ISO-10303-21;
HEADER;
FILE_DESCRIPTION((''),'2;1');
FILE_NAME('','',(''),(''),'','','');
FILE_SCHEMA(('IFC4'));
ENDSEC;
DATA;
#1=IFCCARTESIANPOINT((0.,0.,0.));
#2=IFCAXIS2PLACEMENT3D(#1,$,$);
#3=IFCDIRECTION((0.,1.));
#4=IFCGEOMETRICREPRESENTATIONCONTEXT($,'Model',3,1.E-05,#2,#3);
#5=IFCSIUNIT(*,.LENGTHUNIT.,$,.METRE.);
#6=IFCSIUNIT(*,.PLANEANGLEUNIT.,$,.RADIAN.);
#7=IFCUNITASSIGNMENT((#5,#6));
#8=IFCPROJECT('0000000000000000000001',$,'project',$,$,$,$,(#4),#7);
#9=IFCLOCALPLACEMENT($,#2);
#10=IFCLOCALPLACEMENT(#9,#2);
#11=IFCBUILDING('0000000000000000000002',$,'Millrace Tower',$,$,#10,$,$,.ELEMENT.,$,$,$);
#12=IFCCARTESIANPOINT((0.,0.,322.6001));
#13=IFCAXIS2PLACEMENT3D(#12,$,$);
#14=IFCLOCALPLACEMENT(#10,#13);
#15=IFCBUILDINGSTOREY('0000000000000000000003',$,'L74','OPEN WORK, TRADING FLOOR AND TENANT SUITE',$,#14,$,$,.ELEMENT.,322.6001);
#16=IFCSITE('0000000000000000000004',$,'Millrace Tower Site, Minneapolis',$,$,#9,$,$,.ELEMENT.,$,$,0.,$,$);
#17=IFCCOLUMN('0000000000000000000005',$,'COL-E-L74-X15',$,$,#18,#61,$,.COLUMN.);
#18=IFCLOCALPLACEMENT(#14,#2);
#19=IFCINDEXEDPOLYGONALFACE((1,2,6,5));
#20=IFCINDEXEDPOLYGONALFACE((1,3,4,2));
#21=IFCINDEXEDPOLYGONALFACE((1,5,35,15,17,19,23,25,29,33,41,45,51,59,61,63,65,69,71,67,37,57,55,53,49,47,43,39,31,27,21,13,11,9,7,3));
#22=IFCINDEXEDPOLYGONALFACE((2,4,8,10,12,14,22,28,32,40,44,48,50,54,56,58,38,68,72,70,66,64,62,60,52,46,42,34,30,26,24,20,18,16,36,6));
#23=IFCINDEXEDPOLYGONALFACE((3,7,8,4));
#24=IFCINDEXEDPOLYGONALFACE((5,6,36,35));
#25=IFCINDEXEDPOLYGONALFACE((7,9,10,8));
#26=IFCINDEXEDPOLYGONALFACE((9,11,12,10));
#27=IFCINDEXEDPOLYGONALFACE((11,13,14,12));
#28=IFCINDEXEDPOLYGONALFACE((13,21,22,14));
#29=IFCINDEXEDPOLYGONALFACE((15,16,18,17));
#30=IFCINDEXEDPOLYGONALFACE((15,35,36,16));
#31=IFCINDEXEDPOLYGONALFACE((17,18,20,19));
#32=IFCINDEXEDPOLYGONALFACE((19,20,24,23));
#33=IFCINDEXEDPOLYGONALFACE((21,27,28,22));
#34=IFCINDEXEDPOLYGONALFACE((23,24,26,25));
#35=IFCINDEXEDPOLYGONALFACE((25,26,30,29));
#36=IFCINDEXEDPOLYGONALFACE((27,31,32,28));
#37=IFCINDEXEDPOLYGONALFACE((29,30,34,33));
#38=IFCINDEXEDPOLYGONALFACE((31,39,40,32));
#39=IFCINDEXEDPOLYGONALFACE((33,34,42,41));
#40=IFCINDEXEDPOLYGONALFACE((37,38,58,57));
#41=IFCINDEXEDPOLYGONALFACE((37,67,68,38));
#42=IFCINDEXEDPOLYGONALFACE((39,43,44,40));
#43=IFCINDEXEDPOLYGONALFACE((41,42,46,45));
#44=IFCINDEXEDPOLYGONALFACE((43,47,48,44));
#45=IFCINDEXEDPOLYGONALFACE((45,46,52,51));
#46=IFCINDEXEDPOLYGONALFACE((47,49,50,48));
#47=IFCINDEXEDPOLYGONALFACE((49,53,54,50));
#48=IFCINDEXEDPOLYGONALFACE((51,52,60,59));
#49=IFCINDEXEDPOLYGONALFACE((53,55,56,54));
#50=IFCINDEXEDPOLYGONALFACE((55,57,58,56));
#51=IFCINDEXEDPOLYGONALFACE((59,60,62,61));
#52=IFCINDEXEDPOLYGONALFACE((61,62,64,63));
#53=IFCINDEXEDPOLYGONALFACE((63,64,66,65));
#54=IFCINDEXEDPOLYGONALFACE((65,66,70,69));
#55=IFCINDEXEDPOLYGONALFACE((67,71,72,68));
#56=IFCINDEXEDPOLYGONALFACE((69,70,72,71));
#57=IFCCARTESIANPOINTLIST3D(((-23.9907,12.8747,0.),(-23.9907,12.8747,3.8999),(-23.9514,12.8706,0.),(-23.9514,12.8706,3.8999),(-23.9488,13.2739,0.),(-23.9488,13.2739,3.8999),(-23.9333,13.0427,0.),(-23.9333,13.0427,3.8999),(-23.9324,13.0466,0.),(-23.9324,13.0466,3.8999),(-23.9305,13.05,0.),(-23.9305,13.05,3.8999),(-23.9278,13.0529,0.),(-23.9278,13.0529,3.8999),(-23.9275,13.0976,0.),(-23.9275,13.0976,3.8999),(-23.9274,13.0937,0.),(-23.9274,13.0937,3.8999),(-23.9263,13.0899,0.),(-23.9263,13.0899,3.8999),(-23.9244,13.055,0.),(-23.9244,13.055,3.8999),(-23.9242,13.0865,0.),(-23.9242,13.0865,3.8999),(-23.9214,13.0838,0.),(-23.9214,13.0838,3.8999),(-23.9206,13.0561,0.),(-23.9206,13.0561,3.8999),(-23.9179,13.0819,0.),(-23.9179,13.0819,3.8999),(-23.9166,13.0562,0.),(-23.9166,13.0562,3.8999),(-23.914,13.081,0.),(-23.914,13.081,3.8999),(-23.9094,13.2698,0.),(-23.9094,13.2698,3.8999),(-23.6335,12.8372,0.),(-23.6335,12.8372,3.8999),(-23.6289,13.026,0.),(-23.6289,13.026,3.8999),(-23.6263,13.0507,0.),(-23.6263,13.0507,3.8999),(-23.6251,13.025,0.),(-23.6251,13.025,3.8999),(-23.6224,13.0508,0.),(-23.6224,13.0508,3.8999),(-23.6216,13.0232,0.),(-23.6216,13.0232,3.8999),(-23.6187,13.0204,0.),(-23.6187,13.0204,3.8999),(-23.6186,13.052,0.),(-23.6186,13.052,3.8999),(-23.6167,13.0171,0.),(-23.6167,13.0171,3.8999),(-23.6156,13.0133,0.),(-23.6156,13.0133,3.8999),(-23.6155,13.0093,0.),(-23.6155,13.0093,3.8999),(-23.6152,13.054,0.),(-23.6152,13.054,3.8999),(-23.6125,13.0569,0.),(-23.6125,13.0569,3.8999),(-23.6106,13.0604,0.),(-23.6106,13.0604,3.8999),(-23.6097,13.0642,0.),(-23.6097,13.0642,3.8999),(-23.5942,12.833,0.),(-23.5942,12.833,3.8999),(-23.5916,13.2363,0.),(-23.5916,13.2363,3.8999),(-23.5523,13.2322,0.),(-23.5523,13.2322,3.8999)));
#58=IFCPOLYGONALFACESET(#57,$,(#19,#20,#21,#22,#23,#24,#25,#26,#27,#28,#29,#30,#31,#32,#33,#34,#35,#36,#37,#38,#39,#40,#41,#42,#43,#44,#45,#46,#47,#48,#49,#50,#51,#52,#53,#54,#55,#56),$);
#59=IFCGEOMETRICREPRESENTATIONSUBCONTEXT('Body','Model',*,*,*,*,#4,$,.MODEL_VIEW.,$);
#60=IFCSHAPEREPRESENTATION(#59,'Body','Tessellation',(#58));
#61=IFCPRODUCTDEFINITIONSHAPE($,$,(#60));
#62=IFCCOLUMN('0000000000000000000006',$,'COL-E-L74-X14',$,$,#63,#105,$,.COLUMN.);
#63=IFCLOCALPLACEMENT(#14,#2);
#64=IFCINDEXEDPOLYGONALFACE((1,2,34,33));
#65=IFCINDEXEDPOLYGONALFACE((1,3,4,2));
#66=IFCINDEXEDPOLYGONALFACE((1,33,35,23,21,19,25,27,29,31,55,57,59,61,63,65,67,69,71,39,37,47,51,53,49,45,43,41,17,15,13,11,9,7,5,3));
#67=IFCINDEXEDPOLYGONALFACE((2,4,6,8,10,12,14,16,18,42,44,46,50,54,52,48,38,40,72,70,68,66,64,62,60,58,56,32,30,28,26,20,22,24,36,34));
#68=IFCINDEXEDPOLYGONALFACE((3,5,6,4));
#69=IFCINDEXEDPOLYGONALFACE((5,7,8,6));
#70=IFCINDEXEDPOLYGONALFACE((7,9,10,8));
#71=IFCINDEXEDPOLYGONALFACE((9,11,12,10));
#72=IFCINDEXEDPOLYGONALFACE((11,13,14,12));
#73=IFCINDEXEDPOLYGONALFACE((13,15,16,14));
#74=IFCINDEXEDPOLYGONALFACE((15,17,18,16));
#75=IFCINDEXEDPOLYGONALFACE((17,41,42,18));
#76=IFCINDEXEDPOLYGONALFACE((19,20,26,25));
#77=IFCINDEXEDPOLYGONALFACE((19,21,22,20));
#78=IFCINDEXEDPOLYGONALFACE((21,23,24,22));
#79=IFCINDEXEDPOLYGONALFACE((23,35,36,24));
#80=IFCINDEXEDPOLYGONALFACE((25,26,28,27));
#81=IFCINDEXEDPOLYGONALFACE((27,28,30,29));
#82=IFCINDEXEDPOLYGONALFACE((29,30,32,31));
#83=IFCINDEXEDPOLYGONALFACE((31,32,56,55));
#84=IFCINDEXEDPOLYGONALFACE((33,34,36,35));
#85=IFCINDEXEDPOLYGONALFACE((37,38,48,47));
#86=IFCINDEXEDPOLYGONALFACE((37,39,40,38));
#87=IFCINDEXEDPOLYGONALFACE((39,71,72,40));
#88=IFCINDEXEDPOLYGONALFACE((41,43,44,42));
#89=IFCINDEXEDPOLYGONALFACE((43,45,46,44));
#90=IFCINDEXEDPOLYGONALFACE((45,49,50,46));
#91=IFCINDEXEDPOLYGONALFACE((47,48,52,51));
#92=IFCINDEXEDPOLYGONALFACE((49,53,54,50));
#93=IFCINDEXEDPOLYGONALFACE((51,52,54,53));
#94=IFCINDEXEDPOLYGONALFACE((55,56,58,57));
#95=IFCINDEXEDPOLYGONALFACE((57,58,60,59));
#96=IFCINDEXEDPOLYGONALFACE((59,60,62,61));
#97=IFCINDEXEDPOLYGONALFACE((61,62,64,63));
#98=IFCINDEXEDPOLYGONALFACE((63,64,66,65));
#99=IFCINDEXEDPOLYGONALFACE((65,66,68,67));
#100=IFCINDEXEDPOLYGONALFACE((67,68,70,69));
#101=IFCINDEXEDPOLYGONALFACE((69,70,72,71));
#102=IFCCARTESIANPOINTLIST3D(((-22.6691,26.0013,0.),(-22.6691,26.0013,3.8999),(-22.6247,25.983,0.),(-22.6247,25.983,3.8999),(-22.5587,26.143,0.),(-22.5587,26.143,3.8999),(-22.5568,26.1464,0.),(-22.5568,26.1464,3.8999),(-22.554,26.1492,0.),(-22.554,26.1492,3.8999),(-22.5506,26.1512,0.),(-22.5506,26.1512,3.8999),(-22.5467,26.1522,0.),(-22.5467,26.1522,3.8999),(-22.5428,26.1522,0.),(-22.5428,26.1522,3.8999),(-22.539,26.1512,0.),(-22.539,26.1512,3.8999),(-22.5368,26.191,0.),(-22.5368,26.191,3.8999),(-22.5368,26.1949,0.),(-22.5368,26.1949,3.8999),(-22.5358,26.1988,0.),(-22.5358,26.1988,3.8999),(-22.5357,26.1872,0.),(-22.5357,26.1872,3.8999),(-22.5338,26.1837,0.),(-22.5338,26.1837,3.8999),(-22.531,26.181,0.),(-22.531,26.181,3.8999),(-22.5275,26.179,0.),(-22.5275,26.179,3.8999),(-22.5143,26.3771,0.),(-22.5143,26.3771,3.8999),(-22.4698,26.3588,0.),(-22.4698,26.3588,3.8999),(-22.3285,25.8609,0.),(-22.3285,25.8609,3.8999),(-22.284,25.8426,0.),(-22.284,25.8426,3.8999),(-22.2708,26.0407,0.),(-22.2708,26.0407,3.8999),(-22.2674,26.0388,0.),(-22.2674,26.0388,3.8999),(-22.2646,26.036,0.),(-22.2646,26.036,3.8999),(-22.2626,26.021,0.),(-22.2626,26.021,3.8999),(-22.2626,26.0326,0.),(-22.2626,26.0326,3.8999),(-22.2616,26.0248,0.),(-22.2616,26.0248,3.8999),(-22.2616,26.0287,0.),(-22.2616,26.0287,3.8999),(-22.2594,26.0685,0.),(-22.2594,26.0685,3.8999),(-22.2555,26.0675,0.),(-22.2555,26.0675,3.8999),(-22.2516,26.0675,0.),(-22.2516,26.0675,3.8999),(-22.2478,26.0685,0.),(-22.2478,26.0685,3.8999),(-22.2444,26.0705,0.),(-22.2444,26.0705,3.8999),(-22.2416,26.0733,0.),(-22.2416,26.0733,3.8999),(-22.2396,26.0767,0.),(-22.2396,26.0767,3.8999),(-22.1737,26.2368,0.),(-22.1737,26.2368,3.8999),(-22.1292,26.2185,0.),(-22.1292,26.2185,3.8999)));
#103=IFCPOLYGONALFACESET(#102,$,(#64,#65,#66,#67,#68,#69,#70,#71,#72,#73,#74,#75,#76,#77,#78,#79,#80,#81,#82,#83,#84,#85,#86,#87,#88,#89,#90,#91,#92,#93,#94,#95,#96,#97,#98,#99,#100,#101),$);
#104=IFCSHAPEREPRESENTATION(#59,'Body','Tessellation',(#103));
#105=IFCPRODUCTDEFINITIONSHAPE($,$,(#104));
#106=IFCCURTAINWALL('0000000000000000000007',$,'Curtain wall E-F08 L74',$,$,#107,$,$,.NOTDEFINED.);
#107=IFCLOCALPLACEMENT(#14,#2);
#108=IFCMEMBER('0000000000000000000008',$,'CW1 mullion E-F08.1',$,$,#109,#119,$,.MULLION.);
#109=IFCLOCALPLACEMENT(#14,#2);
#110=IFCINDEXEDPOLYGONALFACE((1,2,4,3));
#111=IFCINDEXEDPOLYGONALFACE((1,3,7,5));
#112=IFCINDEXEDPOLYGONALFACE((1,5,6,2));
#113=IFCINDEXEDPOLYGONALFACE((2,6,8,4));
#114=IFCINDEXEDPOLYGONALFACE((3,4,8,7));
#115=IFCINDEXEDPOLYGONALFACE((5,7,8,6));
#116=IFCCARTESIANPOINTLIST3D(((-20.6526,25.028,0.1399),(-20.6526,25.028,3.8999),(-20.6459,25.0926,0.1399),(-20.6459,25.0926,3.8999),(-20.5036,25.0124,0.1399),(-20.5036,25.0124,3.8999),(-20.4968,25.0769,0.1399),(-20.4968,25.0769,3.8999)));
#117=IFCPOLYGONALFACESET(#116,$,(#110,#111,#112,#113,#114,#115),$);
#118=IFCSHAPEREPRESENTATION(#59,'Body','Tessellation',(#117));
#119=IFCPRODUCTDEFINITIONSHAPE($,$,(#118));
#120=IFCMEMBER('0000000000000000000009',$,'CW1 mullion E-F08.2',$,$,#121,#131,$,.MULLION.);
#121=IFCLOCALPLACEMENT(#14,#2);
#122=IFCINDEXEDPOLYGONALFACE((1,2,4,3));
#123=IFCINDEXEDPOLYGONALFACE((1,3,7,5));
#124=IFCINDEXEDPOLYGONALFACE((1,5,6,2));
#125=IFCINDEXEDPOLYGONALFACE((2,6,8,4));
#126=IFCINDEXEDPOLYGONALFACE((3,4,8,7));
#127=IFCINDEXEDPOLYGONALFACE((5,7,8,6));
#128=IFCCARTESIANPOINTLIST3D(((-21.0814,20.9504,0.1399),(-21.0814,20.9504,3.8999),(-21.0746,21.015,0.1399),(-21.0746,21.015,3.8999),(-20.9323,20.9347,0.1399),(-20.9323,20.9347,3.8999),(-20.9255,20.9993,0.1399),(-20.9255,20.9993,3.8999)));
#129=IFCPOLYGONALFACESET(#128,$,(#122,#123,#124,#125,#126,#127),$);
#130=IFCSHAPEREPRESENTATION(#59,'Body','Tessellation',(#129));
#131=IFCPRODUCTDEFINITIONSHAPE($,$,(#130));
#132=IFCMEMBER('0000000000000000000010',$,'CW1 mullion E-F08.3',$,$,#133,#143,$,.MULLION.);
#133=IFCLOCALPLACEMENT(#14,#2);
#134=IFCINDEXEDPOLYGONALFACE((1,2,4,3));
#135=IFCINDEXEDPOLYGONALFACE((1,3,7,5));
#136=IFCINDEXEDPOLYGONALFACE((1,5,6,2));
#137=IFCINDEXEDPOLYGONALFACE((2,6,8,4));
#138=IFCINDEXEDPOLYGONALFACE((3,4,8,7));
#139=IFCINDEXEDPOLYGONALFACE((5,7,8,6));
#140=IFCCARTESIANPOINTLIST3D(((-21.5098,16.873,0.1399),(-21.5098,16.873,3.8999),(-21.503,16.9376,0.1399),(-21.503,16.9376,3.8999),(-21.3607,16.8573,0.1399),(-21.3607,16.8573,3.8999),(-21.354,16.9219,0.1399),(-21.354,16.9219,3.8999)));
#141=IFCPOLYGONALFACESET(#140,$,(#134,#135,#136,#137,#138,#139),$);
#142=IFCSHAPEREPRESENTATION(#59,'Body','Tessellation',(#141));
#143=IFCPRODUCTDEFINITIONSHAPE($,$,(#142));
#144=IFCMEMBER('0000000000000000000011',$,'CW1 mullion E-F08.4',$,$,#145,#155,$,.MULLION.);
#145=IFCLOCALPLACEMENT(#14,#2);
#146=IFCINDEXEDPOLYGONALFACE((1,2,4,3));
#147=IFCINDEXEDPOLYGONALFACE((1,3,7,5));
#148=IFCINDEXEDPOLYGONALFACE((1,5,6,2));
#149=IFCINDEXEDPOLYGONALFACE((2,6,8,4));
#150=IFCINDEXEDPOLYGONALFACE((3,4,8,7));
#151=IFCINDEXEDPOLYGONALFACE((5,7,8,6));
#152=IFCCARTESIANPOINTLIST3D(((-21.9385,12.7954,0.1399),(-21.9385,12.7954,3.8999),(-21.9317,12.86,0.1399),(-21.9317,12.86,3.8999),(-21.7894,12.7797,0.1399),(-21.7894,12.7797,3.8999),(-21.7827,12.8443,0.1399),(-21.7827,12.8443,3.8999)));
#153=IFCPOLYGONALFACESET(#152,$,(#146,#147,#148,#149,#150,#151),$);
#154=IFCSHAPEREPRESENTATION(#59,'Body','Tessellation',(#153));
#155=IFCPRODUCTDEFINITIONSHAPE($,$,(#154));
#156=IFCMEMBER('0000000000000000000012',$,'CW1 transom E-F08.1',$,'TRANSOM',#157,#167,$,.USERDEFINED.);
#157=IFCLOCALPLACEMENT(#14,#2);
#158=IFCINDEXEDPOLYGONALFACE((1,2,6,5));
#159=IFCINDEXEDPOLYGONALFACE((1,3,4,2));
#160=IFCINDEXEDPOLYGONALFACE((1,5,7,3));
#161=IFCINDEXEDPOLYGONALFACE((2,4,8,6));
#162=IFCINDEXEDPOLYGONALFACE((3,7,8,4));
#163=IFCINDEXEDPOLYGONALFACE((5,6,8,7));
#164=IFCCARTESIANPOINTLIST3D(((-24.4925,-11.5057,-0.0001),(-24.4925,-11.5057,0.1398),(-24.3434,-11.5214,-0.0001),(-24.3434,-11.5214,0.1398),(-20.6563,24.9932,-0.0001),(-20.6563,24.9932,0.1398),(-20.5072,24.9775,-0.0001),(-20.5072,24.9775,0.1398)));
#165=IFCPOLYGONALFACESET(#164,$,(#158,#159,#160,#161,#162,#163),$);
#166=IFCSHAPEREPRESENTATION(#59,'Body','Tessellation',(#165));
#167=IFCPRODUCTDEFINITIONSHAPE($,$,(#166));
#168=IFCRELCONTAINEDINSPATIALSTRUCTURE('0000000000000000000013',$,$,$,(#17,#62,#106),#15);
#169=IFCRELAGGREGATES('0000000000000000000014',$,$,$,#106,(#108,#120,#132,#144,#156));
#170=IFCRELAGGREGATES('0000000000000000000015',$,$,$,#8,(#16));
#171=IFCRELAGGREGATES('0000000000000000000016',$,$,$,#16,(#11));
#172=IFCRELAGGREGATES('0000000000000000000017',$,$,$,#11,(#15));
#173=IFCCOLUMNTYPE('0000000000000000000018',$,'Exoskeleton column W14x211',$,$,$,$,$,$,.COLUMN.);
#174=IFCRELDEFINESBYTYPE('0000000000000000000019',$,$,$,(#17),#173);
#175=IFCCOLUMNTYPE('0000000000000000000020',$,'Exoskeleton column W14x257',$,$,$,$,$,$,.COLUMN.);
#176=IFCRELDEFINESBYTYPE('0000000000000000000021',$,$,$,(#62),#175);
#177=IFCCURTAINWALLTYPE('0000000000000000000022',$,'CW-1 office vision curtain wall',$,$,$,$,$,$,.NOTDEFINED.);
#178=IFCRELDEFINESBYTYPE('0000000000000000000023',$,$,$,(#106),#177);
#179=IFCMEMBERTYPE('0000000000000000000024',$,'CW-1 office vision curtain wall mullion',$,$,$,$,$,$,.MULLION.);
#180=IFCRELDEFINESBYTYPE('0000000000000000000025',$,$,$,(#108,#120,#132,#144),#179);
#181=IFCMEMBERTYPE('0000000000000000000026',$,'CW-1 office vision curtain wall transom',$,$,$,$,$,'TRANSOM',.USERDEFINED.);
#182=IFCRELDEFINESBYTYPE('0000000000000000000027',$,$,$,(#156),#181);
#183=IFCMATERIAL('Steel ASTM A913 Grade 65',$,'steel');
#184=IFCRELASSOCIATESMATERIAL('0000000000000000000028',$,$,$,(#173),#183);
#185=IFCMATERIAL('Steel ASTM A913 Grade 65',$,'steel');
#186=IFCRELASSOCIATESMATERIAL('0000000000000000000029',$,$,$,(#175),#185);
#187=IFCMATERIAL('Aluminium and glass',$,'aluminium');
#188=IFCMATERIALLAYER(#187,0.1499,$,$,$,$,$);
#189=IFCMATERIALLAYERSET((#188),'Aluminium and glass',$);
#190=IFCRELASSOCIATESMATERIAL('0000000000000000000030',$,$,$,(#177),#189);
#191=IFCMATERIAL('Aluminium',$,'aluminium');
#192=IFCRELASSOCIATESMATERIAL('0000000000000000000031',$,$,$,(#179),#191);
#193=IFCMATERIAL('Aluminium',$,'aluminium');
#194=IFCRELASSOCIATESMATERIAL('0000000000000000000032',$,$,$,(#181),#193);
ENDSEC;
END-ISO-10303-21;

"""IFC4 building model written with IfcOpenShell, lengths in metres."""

from ifc_helpers import new_model, si_unit, direction, frame, origin, origin_2d, place, context, subcontext, project, spatial, rectangle, i_section, extrude, material, layer, layer_set, material_profile, profile_set, type_object, element, aggregate, save


model = new_model("IFC4")

# Units and contexts
model_context = context("Model", 3, precision=1e-05, world=origin(), true_north=direction((0.0, 1.0)))
body_context = subcontext(model_context, "Body", "Model", "MODEL_VIEW")
ifc_project = project(units=[si_unit("LENGTHUNIT", "METRE"), si_unit("PLANEANGLEUNIT", "RADIAN")], contexts=[model_context])

# Site, building, storey
site_placement = place(None, origin())
site = spatial("IfcSite", under=ifc_project, at=site_placement, Name="Millrace Tower Site, Minneapolis", CompositionType="ELEMENT", RefElevation=0.0)
building_placement = place(site_placement, origin())
building = spatial("IfcBuilding", under=site, at=building_placement, Name="Millrace Tower", CompositionType="ELEMENT")
storey_placement = place(building_placement, frame((0.0, 0.0, 322.6001)))
storey = spatial("IfcBuildingStorey", under=building, at=storey_placement, Name="L74", Description="OPEN WORK, TRADING FLOOR AND TENANT SUITE", CompositionType="ELEMENT", Elevation=322.6001)

# Columns
ifc_material_1 = material(Name="Steel ASTM A913 Grade 65", Category="steel")
ifc_material_profile_1 = material_profile(ifc_material_1, i_section(OverallWidth=0.4014, OverallDepth=0.3987, WebThickness=0.0249, FlangeThickness=0.0396, FilletRadius=0.0151, at=origin_2d()))
ifc_profile_set_1 = profile_set([ifc_material_profile_1], Name="Steel ASTM A913 Grade 65")
column_type_1 = type_object("IfcColumnType", Name="Exoskeleton column W14x211", PredefinedType="COLUMN", material=ifc_profile_set_1)
column_1_placement = place(storey_placement, frame((-23.7715, 13.0535, 0.0), z_axis=(0.0, 0.0, 1.0), x_axis=(-0.104528, -0.994522, 0.0)))
element("IfcColumn", 1, at=column_1_placement, inside=storey, type_object=column_type_1, Name="COL-E-L74-X15", PredefinedType="COLUMN", context=body_context, shape_type="SweptSolid", body=[
    extrude(i_section(OverallWidth=0.4014, OverallDepth=0.3987, WebThickness=0.0249, FlangeThickness=0.0396, FilletRadius=0.0151, at=origin_2d()), origin(), (0.0, 0.0, 1.0), 3.8999),
])
ifc_material_2 = material(Name="Steel ASTM A913 Grade 65", Category="steel")
ifc_material_profile_2 = material_profile(ifc_material_2, i_section(OverallWidth=0.4065, OverallDepth=0.4165, WebThickness=0.03, FlangeThickness=0.0481, FilletRadius=0.0151, at=origin_2d()))
ifc_profile_set_2 = profile_set([ifc_material_profile_2], Name="Steel ASTM A913 Grade 65")
column_type_2 = type_object("IfcColumnType", Name="Exoskeleton column W14x257", PredefinedType="COLUMN", material=ifc_profile_set_2)
column_2_placement = place(storey_placement, frame((-22.3992, 26.1099, 0.0), z_axis=(0.0, 0.0, 1.0), x_axis=(-0.380947, -0.924597, 0.0)))
element("IfcColumn", 2, at=column_2_placement, inside=storey, type_object=column_type_2, Name="COL-E-L74-X14", PredefinedType="COLUMN", context=body_context, shape_type="SweptSolid", body=[
    extrude(i_section(OverallWidth=0.4065, OverallDepth=0.4165, WebThickness=0.03, FlangeThickness=0.0481, FilletRadius=0.0151, at=origin_2d()), origin(), (0.0, 0.0, 1.0), 3.8999),
])

# Curtain wall, members
ifc_material_3 = material(Name="Aluminium and glass", Category="aluminium")
ifc_layer_1 = layer(ifc_material_3, 0.1499)
ifc_layer_set_1 = layer_set([ifc_layer_1], Name="Aluminium and glass")
curtain_wall_type = type_object("IfcCurtainWallType", Name="CW-1 office vision curtain wall", PredefinedType="NOTDEFINED", material=ifc_layer_set_1)
curtain_wall_placement = place(storey_placement, origin())
curtain_wall = element("IfcCurtainWall", 3, at=curtain_wall_placement, inside=storey, type_object=curtain_wall_type, Name="Curtain wall E-F08 L74", PredefinedType="NOTDEFINED")
ifc_material_4 = material(Name="Aluminium", Category="aluminium")
ifc_material_profile_3 = material_profile(ifc_material_4, rectangle(XDim=0.0649, YDim=0.1499, at=origin_2d()))
ifc_profile_set_3 = profile_set([ifc_material_profile_3], Name="Aluminium")
member_type_1 = type_object("IfcMemberType", Name="CW-1 office vision curtain wall mullion", PredefinedType="MULLION", material=ifc_profile_set_3)
member_1_placement = place(storey_placement, frame((-20.5747, 25.0525, 0.1399), z_axis=(0.0, 0.0, 1.0), x_axis=(-0.104528, -0.994522, 0.0)))
member_1 = element("IfcMember", 4, at=member_1_placement, type_object=member_type_1, Name="CW1 mullion E-F08.1", PredefinedType="MULLION", context=body_context, shape_type="SweptSolid", body=[
    extrude(rectangle(XDim=0.0649, YDim=0.1499, at=origin_2d()), origin(), (0.0, 0.0, 1.0), 3.76),
])
member_2_placement = place(storey_placement, frame((-21.0034, 20.9749, 0.1399), z_axis=(0.0, 0.0, 1.0), x_axis=(-0.104528, -0.994522, 0.0)))
member_2 = element("IfcMember", 5, at=member_2_placement, type_object=member_type_1, Name="CW1 mullion E-F08.2", PredefinedType="MULLION", context=body_context, shape_type="SweptSolid", body=[
    extrude(rectangle(XDim=0.0649, YDim=0.1499, at=origin_2d()), origin(), (0.0, 0.0, 1.0), 3.76),
])
member_3_placement = place(storey_placement, frame((-21.4319, 16.8975, 0.1399), z_axis=(0.0, 0.0, 1.0), x_axis=(-0.104528, -0.994522, 0.0)))
member_3 = element("IfcMember", 6, at=member_3_placement, type_object=member_type_1, Name="CW1 mullion E-F08.3", PredefinedType="MULLION", context=body_context, shape_type="SweptSolid", body=[
    extrude(rectangle(XDim=0.0649, YDim=0.1499, at=origin_2d()), origin(), (0.0, 0.0, 1.0), 3.76),
])
member_4_placement = place(storey_placement, frame((-21.8606, 12.8198, 0.1399), z_axis=(0.0, 0.0, 1.0), x_axis=(-0.104528, -0.994522, 0.0)))
member_4 = element("IfcMember", 7, at=member_4_placement, type_object=member_type_1, Name="CW1 mullion E-F08.4", PredefinedType="MULLION", context=body_context, shape_type="SweptSolid", body=[
    extrude(rectangle(XDim=0.0649, YDim=0.1499, at=origin_2d()), origin(), (0.0, 0.0, 1.0), 3.76),
])
ifc_material_5 = material(Name="Aluminium", Category="aluminium")
ifc_material_profile_4 = material_profile(ifc_material_5, rectangle(XDim=0.1499, YDim=0.1399, at=origin_2d()))
ifc_profile_set_4 = profile_set([ifc_material_profile_4], Name="Aluminium")
member_type_2 = type_object("IfcMemberType", Name="CW-1 office vision curtain wall transom", ElementType="TRANSOM", PredefinedType="USERDEFINED", material=ifc_profile_set_4)
member_5_placement = place(storey_placement, frame((-20.5818, 24.9854, 0.0698), z_axis=(-0.104528, -0.994522, 0.0), x_axis=(0.994522, -0.104528, 0.0)))
member_5 = element("IfcMember", 8, at=member_5_placement, type_object=member_type_2, Name="CW1 transom E-F08.1", ObjectType="TRANSOM", PredefinedType="USERDEFINED", context=body_context, shape_type="SweptSolid", body=[
    extrude(rectangle(XDim=0.1499, YDim=0.1399, at=origin_2d()), origin(), (0.0, 0.0, 1.0), 36.7),
])
aggregate(curtain_wall, [member_1, member_2, member_3, member_4, member_5])

save(model, "model.ifc")
